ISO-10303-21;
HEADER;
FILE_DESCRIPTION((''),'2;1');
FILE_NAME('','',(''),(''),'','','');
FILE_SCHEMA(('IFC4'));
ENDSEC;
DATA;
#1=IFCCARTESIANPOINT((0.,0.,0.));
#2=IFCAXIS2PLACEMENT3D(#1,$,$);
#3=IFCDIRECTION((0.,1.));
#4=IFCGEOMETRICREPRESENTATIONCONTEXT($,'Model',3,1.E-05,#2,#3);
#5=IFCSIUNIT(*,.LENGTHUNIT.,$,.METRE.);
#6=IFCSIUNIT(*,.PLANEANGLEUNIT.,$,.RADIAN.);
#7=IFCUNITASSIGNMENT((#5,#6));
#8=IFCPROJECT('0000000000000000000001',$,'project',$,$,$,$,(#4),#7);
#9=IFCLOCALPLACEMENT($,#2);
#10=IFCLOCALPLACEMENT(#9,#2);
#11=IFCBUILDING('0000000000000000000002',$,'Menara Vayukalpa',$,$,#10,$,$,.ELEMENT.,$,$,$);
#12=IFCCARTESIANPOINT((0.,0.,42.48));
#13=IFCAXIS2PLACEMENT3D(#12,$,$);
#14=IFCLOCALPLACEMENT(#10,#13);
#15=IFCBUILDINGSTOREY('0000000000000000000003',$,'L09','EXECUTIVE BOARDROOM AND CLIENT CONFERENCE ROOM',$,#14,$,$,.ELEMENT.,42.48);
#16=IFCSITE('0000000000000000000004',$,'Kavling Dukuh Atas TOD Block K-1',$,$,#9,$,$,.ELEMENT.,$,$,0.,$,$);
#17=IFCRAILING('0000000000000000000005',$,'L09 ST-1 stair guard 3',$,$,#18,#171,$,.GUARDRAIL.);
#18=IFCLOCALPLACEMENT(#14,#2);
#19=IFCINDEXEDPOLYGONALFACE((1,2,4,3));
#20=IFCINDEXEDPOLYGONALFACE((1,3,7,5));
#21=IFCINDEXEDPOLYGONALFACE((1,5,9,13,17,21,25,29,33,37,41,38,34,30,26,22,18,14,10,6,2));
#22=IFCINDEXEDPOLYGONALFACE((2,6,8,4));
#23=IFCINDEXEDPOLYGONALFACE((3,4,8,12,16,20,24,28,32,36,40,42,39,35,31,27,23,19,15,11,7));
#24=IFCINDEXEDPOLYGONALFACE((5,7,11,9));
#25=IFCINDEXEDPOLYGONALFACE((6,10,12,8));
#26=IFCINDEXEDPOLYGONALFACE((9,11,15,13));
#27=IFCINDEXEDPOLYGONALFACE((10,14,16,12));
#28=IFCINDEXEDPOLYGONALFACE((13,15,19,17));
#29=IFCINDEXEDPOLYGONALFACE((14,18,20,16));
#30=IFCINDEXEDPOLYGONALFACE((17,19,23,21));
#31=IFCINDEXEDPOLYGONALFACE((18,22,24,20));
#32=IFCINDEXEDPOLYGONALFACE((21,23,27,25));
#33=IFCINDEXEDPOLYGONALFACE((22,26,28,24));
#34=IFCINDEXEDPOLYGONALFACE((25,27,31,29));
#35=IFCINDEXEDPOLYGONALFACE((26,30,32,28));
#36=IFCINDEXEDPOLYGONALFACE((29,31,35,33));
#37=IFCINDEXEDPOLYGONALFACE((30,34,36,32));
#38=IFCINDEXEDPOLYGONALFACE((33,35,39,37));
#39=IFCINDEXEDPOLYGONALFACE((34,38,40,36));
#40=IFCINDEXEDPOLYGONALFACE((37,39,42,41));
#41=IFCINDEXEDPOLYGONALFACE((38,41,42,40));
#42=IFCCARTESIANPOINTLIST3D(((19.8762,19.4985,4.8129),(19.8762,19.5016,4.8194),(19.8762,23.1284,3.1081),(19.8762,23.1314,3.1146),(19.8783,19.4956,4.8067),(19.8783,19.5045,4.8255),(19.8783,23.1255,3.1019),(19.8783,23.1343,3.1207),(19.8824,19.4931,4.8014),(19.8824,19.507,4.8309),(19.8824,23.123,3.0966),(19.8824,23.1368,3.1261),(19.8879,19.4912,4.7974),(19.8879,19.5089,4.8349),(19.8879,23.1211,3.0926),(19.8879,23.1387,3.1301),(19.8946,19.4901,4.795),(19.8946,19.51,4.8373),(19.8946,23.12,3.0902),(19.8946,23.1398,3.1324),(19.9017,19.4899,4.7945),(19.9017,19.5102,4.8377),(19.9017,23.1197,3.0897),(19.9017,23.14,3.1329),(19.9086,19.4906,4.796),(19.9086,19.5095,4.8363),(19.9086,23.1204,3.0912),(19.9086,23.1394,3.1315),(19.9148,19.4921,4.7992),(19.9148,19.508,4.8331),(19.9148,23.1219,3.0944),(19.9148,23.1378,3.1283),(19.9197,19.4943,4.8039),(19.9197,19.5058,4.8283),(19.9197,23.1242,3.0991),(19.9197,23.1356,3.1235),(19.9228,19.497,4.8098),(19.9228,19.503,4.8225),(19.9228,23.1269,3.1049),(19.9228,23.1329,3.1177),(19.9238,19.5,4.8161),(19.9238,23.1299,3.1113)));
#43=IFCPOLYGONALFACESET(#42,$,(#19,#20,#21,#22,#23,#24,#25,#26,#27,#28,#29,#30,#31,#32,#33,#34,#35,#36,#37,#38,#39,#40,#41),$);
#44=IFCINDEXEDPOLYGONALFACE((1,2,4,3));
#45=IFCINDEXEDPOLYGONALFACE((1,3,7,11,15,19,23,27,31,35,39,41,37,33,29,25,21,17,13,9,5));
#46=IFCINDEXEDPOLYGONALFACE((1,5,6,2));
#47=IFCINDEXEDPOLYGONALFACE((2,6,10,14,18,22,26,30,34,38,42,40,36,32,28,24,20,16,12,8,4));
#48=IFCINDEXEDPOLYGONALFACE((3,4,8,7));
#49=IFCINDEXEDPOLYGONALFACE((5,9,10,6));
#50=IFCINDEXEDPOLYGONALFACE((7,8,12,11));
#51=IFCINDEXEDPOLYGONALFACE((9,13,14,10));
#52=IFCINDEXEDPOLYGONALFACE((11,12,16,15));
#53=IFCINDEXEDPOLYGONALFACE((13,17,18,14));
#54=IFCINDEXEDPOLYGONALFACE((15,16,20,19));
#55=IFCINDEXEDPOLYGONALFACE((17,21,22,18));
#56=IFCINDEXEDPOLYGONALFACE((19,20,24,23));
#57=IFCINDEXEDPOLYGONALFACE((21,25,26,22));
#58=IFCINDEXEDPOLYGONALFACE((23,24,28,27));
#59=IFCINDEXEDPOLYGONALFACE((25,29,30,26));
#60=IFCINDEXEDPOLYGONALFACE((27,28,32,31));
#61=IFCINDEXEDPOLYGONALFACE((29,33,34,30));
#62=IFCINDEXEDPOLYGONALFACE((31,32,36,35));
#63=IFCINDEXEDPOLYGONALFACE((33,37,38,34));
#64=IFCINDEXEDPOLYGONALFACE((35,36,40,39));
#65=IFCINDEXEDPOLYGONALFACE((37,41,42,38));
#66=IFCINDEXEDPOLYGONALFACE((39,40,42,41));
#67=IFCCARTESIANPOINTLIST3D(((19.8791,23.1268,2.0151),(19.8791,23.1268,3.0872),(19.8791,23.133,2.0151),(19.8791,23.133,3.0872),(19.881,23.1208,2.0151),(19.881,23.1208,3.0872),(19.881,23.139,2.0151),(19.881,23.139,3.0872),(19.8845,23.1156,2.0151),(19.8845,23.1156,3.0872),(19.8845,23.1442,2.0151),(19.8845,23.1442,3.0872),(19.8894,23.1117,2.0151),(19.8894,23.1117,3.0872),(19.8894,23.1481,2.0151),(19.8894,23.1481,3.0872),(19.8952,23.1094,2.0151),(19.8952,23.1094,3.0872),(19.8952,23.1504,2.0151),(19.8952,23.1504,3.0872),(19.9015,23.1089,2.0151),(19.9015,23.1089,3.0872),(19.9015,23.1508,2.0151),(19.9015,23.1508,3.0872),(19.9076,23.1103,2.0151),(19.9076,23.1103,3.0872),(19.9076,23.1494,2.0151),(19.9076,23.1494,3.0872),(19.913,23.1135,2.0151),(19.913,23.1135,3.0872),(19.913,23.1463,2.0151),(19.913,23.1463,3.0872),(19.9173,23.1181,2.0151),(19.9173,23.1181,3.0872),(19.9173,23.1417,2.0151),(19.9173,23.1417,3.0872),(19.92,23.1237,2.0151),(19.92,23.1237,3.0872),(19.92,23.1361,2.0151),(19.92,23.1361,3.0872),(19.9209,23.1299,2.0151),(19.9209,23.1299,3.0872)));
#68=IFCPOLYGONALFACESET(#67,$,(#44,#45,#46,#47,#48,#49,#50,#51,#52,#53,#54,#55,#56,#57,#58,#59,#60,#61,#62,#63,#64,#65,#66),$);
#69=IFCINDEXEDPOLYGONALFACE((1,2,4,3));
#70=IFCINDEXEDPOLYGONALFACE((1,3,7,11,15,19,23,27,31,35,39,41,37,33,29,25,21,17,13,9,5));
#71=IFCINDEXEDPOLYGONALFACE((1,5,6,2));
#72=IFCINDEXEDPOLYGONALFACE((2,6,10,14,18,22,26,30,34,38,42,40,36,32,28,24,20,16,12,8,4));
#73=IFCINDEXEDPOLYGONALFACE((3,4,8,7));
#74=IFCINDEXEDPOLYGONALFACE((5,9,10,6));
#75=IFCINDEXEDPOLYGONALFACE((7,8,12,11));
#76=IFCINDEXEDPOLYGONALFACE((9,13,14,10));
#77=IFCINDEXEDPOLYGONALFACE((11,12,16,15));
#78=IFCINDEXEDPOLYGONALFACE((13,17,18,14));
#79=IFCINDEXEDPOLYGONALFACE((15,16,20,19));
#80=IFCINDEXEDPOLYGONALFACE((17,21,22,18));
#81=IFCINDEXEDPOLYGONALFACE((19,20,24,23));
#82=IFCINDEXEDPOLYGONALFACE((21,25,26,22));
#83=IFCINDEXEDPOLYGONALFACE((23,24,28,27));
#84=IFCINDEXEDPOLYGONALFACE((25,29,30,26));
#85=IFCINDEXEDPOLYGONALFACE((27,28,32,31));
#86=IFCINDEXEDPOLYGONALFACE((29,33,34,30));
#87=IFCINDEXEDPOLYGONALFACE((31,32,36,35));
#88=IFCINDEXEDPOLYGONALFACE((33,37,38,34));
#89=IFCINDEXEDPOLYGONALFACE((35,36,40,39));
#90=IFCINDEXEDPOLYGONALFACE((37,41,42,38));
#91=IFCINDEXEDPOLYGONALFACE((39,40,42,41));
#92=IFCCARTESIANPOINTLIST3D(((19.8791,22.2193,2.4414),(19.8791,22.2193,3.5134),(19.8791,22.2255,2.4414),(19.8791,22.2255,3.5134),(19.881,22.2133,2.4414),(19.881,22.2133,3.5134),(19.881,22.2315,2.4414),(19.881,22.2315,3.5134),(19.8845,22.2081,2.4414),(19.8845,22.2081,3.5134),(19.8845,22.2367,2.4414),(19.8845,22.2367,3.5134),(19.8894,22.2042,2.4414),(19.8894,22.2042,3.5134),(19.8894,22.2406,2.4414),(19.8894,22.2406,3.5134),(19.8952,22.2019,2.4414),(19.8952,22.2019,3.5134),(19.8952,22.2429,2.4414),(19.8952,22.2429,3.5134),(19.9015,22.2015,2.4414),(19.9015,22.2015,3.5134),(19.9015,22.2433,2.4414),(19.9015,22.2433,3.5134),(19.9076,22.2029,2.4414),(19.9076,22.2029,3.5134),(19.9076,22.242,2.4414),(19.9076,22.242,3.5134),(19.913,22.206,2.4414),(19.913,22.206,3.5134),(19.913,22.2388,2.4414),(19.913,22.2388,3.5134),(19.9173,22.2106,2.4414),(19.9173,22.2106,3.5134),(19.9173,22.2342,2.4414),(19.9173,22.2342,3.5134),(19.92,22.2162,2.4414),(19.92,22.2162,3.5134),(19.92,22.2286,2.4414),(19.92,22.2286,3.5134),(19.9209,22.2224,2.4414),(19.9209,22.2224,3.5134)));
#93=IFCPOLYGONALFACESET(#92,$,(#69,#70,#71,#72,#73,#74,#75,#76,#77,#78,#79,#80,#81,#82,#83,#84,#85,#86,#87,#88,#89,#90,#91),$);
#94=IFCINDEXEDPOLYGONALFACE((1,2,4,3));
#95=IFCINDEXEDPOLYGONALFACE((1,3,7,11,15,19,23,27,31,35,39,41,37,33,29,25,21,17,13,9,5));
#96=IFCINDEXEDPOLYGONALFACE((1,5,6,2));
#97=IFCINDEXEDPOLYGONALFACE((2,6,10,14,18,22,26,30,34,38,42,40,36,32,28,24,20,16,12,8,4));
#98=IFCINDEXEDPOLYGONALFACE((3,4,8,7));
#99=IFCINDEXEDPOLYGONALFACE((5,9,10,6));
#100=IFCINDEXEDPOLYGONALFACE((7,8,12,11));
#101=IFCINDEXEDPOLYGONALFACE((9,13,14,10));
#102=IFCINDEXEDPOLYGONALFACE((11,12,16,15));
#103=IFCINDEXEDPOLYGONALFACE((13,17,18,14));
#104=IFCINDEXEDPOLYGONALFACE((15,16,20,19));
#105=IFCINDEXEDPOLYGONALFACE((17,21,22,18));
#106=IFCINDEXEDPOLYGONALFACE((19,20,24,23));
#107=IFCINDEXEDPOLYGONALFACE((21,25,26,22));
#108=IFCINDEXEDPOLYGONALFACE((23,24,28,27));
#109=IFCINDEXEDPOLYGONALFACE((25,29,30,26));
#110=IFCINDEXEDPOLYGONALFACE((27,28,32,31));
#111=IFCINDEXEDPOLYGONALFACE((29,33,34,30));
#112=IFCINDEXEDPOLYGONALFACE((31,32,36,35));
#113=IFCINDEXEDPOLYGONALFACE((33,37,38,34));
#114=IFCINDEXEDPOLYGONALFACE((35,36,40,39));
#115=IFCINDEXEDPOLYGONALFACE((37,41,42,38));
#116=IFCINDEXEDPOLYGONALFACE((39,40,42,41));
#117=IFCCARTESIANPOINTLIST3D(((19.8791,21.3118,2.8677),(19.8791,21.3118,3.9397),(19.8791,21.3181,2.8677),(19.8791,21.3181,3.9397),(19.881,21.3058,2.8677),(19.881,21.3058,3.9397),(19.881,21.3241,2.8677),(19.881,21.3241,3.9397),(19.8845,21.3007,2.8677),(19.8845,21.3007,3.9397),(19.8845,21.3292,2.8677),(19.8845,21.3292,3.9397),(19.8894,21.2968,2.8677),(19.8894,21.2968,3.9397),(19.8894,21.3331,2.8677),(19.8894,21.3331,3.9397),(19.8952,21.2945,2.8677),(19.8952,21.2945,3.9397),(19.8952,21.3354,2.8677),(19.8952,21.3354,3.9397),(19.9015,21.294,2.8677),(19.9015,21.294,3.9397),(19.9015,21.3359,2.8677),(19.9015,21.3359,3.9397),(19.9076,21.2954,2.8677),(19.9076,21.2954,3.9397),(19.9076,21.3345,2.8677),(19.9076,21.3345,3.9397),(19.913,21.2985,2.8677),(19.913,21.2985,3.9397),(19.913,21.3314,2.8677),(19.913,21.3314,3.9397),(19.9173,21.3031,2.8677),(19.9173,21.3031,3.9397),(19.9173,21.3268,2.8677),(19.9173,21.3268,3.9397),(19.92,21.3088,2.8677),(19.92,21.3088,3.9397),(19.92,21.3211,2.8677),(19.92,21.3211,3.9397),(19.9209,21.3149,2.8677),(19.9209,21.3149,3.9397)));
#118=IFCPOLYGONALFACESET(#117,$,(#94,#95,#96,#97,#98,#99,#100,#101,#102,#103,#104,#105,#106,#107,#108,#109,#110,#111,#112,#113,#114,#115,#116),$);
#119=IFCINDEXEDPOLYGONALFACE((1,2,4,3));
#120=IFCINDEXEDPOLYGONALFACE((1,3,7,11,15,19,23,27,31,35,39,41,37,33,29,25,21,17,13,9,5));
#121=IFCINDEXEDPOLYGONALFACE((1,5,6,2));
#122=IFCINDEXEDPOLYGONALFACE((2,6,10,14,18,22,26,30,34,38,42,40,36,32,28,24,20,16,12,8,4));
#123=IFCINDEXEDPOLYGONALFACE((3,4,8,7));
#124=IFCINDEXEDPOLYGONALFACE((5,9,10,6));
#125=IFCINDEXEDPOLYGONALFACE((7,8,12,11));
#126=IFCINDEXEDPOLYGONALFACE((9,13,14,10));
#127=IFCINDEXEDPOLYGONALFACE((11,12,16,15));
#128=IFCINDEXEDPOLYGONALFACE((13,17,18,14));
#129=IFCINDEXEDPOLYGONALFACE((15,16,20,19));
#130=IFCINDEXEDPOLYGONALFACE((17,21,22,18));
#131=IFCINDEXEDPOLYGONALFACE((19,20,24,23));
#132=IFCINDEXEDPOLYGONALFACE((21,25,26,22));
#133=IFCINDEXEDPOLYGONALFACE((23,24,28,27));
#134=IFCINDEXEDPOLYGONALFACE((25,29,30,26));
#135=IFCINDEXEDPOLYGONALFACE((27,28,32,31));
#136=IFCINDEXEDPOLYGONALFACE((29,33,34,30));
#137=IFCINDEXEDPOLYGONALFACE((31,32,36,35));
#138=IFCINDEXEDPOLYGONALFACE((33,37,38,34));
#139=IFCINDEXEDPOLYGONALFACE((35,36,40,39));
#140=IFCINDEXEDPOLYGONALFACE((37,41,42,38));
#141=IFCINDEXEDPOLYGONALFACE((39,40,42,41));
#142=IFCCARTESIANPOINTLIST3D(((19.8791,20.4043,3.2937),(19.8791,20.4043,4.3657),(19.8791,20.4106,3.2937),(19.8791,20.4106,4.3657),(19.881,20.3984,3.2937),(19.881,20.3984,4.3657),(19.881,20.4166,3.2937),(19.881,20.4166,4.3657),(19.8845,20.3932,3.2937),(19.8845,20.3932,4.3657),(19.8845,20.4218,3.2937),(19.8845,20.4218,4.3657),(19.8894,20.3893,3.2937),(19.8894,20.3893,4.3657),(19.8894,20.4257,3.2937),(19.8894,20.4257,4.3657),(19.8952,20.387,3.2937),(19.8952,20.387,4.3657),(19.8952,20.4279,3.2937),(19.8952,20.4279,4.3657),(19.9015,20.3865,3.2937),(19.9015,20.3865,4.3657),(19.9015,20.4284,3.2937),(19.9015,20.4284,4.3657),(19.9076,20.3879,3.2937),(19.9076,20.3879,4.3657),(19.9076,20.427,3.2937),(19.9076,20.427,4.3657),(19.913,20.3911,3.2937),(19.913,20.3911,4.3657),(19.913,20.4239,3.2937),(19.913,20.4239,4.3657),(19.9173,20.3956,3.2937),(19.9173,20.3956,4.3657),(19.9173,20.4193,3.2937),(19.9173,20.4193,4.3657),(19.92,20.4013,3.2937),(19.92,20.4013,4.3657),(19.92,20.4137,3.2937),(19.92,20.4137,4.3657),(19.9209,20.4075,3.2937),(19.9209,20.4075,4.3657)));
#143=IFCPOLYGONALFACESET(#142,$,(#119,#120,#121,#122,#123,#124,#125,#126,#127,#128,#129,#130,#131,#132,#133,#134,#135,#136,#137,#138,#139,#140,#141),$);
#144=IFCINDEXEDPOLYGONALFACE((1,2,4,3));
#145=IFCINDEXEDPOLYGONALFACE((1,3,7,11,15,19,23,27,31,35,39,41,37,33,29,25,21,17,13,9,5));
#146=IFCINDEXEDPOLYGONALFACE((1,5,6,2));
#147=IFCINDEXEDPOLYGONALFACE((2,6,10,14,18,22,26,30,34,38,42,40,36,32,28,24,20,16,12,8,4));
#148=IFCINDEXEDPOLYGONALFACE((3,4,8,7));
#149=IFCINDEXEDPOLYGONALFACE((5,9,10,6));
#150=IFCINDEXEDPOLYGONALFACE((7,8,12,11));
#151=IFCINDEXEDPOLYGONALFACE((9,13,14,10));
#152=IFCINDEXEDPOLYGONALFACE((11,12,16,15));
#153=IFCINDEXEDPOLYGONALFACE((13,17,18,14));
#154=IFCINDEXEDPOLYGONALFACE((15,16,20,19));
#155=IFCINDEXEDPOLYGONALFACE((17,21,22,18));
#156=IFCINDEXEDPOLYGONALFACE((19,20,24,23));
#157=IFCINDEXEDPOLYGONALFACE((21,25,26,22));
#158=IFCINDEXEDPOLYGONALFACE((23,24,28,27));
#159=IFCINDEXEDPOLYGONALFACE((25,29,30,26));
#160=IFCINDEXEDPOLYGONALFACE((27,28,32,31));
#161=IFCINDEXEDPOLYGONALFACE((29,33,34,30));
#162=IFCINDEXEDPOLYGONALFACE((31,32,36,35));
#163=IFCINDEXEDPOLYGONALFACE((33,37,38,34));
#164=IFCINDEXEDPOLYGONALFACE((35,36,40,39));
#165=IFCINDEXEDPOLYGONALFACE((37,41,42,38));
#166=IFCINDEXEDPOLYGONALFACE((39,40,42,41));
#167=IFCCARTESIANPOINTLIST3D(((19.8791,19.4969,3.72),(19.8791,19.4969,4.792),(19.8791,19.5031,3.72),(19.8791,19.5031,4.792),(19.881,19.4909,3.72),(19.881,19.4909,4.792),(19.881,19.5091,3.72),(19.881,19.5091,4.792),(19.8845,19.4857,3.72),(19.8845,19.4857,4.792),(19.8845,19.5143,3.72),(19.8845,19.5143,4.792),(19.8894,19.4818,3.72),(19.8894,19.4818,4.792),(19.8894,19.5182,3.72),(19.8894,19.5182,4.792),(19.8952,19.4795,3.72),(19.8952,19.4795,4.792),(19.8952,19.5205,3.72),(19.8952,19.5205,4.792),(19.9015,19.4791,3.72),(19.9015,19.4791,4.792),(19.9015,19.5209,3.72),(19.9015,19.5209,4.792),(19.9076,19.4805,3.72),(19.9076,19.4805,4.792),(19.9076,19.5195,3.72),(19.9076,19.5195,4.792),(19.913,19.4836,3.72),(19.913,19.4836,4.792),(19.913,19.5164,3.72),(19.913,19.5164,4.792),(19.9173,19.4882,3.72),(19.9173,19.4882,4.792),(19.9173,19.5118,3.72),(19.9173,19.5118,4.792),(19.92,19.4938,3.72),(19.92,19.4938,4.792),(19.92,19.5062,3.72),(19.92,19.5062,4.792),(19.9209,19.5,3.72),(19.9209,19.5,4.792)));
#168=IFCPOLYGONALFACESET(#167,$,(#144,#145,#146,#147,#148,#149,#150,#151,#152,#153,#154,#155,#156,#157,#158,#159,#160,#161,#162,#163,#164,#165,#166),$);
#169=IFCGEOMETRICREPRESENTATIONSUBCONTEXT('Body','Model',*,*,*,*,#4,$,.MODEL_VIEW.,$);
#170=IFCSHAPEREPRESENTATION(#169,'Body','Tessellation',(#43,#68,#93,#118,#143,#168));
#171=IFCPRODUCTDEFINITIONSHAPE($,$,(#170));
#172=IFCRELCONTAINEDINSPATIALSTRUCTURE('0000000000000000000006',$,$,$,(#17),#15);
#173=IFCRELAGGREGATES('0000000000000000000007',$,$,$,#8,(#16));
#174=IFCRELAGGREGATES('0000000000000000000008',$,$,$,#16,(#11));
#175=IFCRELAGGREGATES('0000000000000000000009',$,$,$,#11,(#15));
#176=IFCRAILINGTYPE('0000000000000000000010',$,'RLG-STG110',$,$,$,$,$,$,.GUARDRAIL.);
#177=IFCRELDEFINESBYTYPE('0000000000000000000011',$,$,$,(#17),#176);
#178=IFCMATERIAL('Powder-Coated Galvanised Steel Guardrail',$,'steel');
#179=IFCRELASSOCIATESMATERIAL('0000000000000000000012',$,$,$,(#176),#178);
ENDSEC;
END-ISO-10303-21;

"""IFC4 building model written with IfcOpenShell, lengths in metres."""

from ifc_helpers import new_model, si_unit, direction, frame, origin, origin_2d, place, context, subcontext, project, spatial, circle, extrude, material, type_object, element, save


model = new_model("IFC4")

# Units and contexts
model_context = context("Model", 3, precision=1e-05, world=origin(), true_north=direction((0.0, 1.0)))
body_context = subcontext(model_context, "Body", "Model", "MODEL_VIEW")
ifc_project = project(units=[si_unit("LENGTHUNIT", "METRE"), si_unit("PLANEANGLEUNIT", "RADIAN")], contexts=[model_context])

# Site, building, storey
site_placement = place(None, origin())
site = spatial("IfcSite", under=ifc_project, at=site_placement, Name="Kavling Dukuh Atas TOD Block K-1", CompositionType="ELEMENT", RefElevation=0.0)
building_placement = place(site_placement, origin())
building = spatial("IfcBuilding", under=site, at=building_placement, Name="Menara Vayukalpa", CompositionType="ELEMENT")
storey_placement = place(building_placement, frame((0.0, 0.0, 42.48)))
storey = spatial("IfcBuildingStorey", under=building, at=storey_placement, Name="L09", Description="EXECUTIVE BOARDROOM AND CLIENT CONFERENCE ROOM", CompositionType="ELEMENT", Elevation=42.48)

# Railing
ifc_material_1 = material(Name="Powder-Coated Galvanised Steel Guardrail", Category="steel")
railing_type_1 = type_object("IfcRailingType", Name="RLG-STG110", PredefinedType="GUARDRAIL", material=ifc_material_1)
railing_1_placement = place(storey_placement, frame((19.8999, 23.1299, 2.0151)))
element("IfcRailing", 1, at=railing_1_placement, inside=storey, type_object=railing_type_1, Name="L09 ST-1 stair guard 3", PredefinedType="GUARDRAIL", context=body_context, shape_type="SweptSolid", body=[
    extrude(circle(Radius=0.0239, at=origin_2d()), frame((0.0, 0.0, 1.0962), z_axis=(0.0, -0.90514, 0.425114), x_axis=(1.0, 0.0, 0.0)), (0.0, 0.0, 1.0), 4.0103),
    extrude(circle(Radius=0.021, at=origin_2d()), origin(), (0.0, 0.0, 1.0), 1.072),
    extrude(circle(Radius=0.021, at=origin_2d()), frame((0.0, -0.9075, 0.4263)), (0.0, 0.0, 1.0), 1.072),
    extrude(circle(Radius=0.021, at=origin_2d()), frame((0.0, -1.8149, 0.8525)), (0.0, 0.0, 1.0), 1.072),
    extrude(circle(Radius=0.021, at=origin_2d()), frame((0.0, -2.7224, 1.2786)), (0.0, 0.0, 1.0), 1.072),
    extrude(circle(Radius=0.021, at=origin_2d()), frame((0.0, -3.6299, 1.7048)), (0.0, 0.0, 1.0), 1.072),
])

save(model, "model.ifc")
